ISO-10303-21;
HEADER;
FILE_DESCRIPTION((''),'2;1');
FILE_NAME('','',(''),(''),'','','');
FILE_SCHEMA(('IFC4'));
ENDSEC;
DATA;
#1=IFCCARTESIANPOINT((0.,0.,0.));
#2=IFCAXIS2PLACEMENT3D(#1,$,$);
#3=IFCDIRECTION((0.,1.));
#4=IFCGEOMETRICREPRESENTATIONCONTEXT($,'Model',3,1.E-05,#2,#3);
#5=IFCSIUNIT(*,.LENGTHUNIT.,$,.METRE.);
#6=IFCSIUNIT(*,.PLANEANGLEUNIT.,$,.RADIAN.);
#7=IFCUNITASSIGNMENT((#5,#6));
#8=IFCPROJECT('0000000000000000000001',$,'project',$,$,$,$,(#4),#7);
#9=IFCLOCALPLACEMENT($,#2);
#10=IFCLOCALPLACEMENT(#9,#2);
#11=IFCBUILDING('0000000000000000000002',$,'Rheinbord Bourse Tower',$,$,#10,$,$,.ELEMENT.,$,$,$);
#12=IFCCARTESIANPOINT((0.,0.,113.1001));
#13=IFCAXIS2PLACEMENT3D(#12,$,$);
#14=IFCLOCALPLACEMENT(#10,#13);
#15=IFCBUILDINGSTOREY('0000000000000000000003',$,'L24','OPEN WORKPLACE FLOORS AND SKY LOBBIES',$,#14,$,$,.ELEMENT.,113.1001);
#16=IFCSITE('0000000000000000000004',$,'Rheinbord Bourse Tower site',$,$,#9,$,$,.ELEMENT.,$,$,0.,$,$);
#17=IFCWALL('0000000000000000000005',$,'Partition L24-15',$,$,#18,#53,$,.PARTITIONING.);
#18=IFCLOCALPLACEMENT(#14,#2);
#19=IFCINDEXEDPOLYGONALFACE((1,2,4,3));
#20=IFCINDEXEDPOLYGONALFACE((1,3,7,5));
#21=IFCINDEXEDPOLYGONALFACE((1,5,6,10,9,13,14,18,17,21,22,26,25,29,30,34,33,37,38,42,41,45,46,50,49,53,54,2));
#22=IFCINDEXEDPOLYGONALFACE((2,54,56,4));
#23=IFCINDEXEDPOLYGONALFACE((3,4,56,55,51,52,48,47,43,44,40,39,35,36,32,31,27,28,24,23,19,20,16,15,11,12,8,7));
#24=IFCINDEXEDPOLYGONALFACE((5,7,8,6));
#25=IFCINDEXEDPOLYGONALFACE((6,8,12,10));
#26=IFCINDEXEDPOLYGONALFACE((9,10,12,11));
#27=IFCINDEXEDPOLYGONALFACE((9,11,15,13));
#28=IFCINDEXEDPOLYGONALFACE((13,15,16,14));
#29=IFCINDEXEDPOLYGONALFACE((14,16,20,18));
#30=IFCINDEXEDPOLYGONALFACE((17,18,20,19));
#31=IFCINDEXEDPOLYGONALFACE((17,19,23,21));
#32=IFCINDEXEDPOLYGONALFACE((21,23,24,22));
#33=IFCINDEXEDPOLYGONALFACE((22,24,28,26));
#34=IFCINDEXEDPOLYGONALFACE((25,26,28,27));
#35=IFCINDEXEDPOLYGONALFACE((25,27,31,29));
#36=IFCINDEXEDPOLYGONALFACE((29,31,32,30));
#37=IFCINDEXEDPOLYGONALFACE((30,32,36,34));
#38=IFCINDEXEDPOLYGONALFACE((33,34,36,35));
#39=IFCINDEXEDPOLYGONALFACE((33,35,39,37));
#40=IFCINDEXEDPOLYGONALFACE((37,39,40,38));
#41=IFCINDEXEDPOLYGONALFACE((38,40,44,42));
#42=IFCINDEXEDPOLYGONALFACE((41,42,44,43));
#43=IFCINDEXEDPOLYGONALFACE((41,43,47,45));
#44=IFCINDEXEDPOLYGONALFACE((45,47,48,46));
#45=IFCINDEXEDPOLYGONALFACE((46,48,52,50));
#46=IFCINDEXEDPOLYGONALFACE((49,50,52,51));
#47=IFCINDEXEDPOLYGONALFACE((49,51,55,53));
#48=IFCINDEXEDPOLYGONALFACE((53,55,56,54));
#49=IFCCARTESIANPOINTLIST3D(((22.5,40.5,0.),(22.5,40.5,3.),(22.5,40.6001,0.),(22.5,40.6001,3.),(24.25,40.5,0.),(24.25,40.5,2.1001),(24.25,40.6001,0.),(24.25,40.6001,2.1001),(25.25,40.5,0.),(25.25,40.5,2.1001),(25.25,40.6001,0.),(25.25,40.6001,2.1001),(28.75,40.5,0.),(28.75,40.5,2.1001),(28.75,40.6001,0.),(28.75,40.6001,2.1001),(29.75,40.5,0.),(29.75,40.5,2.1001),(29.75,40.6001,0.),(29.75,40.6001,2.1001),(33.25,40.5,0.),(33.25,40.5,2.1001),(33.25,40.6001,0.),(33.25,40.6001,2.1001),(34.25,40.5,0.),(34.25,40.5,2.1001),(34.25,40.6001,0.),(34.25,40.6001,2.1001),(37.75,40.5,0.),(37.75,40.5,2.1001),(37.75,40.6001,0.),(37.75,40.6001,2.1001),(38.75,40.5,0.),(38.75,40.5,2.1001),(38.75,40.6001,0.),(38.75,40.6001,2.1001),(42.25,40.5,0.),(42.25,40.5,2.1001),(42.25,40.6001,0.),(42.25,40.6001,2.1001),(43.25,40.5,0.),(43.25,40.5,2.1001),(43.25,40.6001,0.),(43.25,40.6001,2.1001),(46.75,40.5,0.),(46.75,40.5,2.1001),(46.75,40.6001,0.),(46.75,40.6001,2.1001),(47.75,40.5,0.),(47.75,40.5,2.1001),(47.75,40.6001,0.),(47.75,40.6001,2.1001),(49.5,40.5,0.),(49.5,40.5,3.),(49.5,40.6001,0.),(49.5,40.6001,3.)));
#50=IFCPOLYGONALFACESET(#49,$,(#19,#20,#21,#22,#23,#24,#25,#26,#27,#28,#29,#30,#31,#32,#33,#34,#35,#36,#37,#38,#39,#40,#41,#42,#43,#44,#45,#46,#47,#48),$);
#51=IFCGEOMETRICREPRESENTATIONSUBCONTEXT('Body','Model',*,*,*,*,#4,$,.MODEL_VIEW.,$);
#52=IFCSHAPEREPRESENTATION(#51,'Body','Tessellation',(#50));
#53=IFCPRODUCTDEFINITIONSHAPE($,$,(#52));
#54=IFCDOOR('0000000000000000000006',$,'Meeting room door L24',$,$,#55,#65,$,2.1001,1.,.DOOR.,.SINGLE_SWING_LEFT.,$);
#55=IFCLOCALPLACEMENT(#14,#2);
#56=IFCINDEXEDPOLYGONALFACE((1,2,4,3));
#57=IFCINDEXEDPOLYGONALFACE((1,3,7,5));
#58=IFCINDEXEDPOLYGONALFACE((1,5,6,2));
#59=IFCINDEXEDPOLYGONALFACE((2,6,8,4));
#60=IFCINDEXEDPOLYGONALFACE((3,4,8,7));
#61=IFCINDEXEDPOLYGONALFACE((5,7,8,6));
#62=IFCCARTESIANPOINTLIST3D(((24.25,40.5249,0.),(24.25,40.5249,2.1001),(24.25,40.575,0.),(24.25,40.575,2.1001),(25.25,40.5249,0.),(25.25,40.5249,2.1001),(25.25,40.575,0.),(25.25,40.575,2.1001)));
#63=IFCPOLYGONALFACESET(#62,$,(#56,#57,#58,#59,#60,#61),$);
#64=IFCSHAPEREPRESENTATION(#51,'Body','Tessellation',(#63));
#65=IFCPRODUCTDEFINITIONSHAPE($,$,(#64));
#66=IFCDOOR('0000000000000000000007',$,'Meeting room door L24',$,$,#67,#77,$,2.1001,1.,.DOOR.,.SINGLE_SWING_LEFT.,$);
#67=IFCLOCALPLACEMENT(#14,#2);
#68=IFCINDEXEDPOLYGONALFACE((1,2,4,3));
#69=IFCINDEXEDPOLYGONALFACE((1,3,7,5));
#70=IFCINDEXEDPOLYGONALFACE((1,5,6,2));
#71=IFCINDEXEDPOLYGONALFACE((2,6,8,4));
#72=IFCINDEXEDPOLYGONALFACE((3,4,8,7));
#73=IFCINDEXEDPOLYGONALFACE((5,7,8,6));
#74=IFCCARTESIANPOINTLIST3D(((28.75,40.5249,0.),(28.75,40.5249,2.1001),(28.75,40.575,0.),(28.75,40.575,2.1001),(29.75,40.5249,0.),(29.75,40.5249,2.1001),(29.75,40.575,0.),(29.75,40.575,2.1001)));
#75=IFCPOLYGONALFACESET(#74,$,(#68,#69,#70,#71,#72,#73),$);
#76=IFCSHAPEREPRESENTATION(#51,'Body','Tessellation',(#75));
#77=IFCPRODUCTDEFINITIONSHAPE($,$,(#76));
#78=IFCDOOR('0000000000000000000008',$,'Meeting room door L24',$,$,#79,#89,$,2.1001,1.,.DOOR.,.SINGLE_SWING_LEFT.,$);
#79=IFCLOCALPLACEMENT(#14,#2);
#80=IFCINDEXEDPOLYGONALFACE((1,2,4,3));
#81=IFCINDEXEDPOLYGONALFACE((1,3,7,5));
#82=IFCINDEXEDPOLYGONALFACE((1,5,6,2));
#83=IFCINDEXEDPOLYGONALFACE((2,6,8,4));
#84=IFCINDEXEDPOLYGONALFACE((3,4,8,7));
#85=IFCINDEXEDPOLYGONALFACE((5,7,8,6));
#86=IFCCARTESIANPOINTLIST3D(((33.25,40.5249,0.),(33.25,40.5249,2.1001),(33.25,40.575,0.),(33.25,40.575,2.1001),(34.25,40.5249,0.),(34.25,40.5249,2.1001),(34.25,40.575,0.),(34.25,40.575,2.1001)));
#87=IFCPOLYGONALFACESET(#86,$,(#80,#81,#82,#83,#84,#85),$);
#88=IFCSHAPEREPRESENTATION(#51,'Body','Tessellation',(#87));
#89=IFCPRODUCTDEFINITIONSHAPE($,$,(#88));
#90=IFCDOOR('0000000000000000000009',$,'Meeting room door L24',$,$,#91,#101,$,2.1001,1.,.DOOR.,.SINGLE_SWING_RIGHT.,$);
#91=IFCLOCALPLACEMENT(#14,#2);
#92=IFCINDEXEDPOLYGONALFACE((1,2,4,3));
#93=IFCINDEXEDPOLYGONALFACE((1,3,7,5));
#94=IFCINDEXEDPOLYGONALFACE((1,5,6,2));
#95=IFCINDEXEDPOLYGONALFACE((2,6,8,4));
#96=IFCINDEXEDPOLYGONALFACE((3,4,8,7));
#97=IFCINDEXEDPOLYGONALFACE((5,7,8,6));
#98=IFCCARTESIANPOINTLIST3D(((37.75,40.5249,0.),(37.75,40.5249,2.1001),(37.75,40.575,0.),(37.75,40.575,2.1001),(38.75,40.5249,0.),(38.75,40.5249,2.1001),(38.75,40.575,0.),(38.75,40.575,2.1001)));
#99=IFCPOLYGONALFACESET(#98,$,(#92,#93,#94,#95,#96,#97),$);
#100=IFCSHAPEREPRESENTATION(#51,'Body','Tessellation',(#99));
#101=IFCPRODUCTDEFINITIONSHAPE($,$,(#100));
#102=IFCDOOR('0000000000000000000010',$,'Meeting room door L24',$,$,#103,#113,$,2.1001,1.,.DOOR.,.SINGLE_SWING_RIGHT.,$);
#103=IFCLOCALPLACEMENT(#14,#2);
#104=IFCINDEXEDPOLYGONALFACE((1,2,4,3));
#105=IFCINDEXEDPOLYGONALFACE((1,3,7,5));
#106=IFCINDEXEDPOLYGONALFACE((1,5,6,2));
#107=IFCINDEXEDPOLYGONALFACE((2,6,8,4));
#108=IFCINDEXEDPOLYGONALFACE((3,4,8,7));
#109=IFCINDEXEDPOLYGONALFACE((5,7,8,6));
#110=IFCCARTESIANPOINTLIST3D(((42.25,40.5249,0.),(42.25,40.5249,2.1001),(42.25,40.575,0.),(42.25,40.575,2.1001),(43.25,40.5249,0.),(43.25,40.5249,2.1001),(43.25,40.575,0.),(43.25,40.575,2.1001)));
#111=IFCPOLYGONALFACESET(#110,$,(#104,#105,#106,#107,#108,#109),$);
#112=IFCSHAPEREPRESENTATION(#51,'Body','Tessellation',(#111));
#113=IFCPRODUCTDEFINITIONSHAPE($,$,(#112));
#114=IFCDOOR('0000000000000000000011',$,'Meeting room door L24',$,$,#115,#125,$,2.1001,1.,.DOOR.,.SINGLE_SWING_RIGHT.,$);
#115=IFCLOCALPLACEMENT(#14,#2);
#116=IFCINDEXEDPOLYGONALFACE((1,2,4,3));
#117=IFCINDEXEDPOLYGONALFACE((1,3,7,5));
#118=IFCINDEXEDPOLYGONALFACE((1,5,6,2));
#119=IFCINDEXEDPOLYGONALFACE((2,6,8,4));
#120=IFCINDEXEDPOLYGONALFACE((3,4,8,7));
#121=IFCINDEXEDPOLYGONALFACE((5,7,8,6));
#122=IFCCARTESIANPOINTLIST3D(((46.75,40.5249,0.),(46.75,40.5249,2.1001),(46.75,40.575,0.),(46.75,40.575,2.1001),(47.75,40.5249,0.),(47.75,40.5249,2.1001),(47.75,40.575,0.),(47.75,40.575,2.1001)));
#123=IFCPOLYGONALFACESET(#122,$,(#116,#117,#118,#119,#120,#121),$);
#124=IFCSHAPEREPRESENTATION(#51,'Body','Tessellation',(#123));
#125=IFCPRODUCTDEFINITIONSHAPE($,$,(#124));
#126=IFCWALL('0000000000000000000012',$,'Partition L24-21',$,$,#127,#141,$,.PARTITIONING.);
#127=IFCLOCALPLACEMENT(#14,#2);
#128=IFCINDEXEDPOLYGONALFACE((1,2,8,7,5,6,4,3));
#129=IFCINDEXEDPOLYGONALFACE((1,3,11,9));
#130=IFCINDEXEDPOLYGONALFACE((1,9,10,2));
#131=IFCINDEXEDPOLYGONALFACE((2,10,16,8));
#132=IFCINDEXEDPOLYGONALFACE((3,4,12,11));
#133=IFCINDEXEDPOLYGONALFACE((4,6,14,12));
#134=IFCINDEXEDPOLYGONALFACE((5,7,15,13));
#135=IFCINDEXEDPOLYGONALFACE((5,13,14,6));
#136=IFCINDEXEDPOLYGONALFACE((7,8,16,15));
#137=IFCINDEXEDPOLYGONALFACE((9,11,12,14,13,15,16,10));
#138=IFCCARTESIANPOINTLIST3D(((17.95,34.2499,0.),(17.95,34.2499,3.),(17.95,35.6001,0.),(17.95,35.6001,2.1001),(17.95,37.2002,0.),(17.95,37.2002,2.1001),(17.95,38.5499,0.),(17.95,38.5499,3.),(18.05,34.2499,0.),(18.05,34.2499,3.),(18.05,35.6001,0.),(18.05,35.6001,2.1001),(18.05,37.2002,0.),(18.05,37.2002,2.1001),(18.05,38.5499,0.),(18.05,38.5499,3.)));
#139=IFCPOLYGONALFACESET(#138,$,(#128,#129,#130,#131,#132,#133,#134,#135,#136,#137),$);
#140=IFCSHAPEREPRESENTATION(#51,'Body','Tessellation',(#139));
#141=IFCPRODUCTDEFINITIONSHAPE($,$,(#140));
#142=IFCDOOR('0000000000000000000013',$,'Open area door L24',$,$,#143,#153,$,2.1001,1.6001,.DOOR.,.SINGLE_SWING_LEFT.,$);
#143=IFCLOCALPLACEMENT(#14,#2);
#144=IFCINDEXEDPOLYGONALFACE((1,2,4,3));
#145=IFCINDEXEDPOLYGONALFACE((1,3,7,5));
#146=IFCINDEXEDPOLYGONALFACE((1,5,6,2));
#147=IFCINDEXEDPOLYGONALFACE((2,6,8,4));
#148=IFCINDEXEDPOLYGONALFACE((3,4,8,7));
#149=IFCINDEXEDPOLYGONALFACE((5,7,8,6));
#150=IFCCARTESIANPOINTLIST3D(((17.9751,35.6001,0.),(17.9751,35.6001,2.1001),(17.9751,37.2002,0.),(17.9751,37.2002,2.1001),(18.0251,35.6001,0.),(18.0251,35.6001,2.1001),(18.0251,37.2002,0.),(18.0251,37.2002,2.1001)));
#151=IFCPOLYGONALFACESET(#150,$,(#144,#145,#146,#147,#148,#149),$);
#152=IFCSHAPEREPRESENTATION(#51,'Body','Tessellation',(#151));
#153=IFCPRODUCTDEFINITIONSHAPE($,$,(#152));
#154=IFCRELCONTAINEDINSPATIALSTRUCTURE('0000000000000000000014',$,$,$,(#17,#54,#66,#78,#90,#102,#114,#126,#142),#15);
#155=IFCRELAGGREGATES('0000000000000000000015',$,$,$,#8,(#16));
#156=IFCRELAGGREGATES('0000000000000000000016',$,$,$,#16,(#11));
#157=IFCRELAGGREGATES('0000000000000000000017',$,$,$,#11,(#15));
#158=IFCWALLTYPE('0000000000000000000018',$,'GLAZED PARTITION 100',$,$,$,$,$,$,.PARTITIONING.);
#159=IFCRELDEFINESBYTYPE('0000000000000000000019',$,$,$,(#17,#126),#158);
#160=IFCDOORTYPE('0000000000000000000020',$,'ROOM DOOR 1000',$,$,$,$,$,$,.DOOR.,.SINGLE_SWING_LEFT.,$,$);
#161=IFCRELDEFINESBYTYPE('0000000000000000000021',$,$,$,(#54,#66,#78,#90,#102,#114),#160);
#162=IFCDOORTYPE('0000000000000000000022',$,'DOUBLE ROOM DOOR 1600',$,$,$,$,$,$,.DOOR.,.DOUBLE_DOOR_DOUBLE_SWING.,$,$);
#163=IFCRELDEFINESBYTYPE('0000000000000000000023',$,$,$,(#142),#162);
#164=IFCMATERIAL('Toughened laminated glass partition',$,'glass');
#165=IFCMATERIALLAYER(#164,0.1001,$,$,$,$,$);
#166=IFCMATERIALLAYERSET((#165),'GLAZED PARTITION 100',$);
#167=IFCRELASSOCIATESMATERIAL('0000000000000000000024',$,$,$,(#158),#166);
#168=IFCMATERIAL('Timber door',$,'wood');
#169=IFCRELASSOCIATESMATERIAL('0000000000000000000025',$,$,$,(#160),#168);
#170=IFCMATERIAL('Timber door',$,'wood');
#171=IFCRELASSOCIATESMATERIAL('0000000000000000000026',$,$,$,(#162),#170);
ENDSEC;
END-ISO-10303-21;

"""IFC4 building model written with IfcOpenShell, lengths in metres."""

from ifc_helpers import new_model, si_unit, direction, frame, frame_2d, origin, place, context, subcontext, project, spatial, rectangle, extrude, material, layer, layer_set, type_object, element, fill, save


model = new_model("IFC4")

# Units and contexts
model_context = context("Model", 3, precision=1e-05, world=origin(), true_north=direction((0.0, 1.0)))
body_context = subcontext(model_context, "Body", "Model", "MODEL_VIEW")
ifc_project = project(units=[si_unit("LENGTHUNIT", "METRE"), si_unit("PLANEANGLEUNIT", "RADIAN")], contexts=[model_context])

# Site, building, storey
site_placement = place(None, origin())
site = spatial("IfcSite", under=ifc_project, at=site_placement, Name="Rheinbord Bourse Tower site", CompositionType="ELEMENT", RefElevation=0.0)
building_placement = place(site_placement, origin())
building = spatial("IfcBuilding", under=site, at=building_placement, Name="Rheinbord Bourse Tower", CompositionType="ELEMENT")
storey_placement = place(building_placement, frame((0.0, 0.0, 113.1001)))
storey = spatial("IfcBuildingStorey", under=building, at=storey_placement, Name="L24", Description="OPEN WORKPLACE FLOORS AND SKY LOBBIES", CompositionType="ELEMENT", Elevation=113.1001)

# Wall, openings, doors
ifc_material_1 = material(Name="Toughened laminated glass partition", Category="glass")
ifc_layer_1 = layer(ifc_material_1, 0.1001)
ifc_layer_set_1 = layer_set([ifc_layer_1], Name="GLAZED PARTITION 100")
wall_type_1 = type_object("IfcWallType", Name="GLAZED PARTITION 100", PredefinedType="PARTITIONING", material=ifc_layer_set_1)
wall_1_placement = place(storey_placement, frame((22.5, 40.55, 0.0), z_axis=(0.0, 0.0, 1.0), x_axis=(1.0, 0.0, 0.0)))
wall_1 = element("IfcWall", 1, at=wall_1_placement, inside=storey, type_object=wall_type_1, Name="Partition L24-15", PredefinedType="PARTITIONING", context=body_context, shape_type="SweptSolid", body=[
    extrude(rectangle(XDim=27.0, YDim=0.1001, at=frame_2d((13.5, 0.0))), origin(), (0.0, 0.0, 1.0), 3.0),
])
opening_1_placement = place(wall_1_placement, frame((1.75, 0.0, 0.0)))
opening_1 = element("IfcOpeningElement", 2, at=opening_1_placement, cuts=wall_1, PredefinedType="OPENING", context=body_context, shape_type="SweptSolid", body=[
    extrude(rectangle(XDim=1.0, YDim=2.1001, at=frame_2d((0.5, 1.05))), frame((0.0, 0.0601, 0.0), z_axis=(0.0, -1.0, 0.0), x_axis=(1.0, 0.0, 0.0)), (0.0, 0.0, 1.0), 0.1201),
])
opening_2_placement = place(wall_1_placement, frame((6.25, 0.0, 0.0)))
opening_2 = element("IfcOpeningElement", 3, at=opening_2_placement, cuts=wall_1, PredefinedType="OPENING", context=body_context, shape_type="SweptSolid", body=[
    extrude(rectangle(XDim=1.0, YDim=2.1001, at=frame_2d((0.5, 1.05))), frame((0.0, 0.0601, 0.0), z_axis=(0.0, -1.0, 0.0), x_axis=(1.0, 0.0, 0.0)), (0.0, 0.0, 1.0), 0.1201),
])
opening_3_placement = place(wall_1_placement, frame((10.75, 0.0, 0.0)))
opening_3 = element("IfcOpeningElement", 4, at=opening_3_placement, cuts=wall_1, PredefinedType="OPENING", context=body_context, shape_type="SweptSolid", body=[
    extrude(rectangle(XDim=1.0, YDim=2.1001, at=frame_2d((0.5, 1.05))), frame((0.0, 0.0601, 0.0), z_axis=(0.0, -1.0, 0.0), x_axis=(1.0, 0.0, 0.0)), (0.0, 0.0, 1.0), 0.1201),
])
opening_4_placement = place(wall_1_placement, frame((15.25, 0.0, 0.0)))
opening_4 = element("IfcOpeningElement", 5, at=opening_4_placement, cuts=wall_1, PredefinedType="OPENING", context=body_context, shape_type="SweptSolid", body=[
    extrude(rectangle(XDim=1.0, YDim=2.1001, at=frame_2d((0.5, 1.05))), frame((0.0, 0.0601, 0.0), z_axis=(0.0, -1.0, 0.0), x_axis=(1.0, 0.0, 0.0)), (0.0, 0.0, 1.0), 0.1201),
])
opening_5_placement = place(wall_1_placement, frame((19.75, 0.0, 0.0)))
opening_5 = element("IfcOpeningElement", 6, at=opening_5_placement, cuts=wall_1, PredefinedType="OPENING", context=body_context, shape_type="SweptSolid", body=[
    extrude(rectangle(XDim=1.0, YDim=2.1001, at=frame_2d((0.5, 1.05))), frame((0.0, 0.0601, 0.0), z_axis=(0.0, -1.0, 0.0), x_axis=(1.0, 0.0, 0.0)), (0.0, 0.0, 1.0), 0.1201),
])
opening_6_placement = place(wall_1_placement, frame((24.25, 0.0, 0.0)))
opening_6 = element("IfcOpeningElement", 7, at=opening_6_placement, cuts=wall_1, PredefinedType="OPENING", context=body_context, shape_type="SweptSolid", body=[
    extrude(rectangle(XDim=1.0, YDim=2.1001, at=frame_2d((0.5, 1.05))), frame((0.0, 0.0601, 0.0), z_axis=(0.0, -1.0, 0.0), x_axis=(1.0, 0.0, 0.0)), (0.0, 0.0, 1.0), 0.1201),
])
ifc_material_2 = material(Name="Timber door", Category="wood")
door_type_1 = type_object("IfcDoorType", Name="ROOM DOOR 1000", OperationType="SINGLE_SWING_LEFT", PredefinedType="DOOR", material=ifc_material_2)
door_1_placement = place(opening_1_placement, origin())
door_1 = element("IfcDoor", 8, at=door_1_placement, inside=storey, type_object=door_type_1, Name="Meeting room door L24", OperationType="SINGLE_SWING_LEFT", OverallHeight=2.1001, OverallWidth=1.0, PredefinedType="DOOR", context=body_context, shape_type="SweptSolid", body=[
    extrude(rectangle(XDim=1.0, YDim=2.1001, at=frame_2d((0.5, 1.05))), frame((0.0, 0.0249, 0.0), z_axis=(0.0, -1.0, 0.0), x_axis=(1.0, 0.0, 0.0)), (0.0, 0.0, 1.0), 0.05),
])
fill(opening_1, door_1)
door_2_placement = place(opening_2_placement, origin())
door_2 = element("IfcDoor", 9, at=door_2_placement, inside=storey, type_object=door_type_1, Name="Meeting room door L24", OperationType="SINGLE_SWING_LEFT", OverallHeight=2.1001, OverallWidth=1.0, PredefinedType="DOOR", context=body_context, shape_type="SweptSolid", body=[
    extrude(rectangle(XDim=1.0, YDim=2.1001, at=frame_2d((0.5, 1.05))), frame((0.0, 0.0249, 0.0), z_axis=(0.0, -1.0, 0.0), x_axis=(1.0, 0.0, 0.0)), (0.0, 0.0, 1.0), 0.05),
])
fill(opening_2, door_2)
door_3_placement = place(opening_3_placement, origin())
door_3 = element("IfcDoor", 10, at=door_3_placement, inside=storey, type_object=door_type_1, Name="Meeting room door L24", OperationType="SINGLE_SWING_LEFT", OverallHeight=2.1001, OverallWidth=1.0, PredefinedType="DOOR", context=body_context, shape_type="SweptSolid", body=[
    extrude(rectangle(XDim=1.0, YDim=2.1001, at=frame_2d((0.5, 1.05))), frame((0.0, 0.0249, 0.0), z_axis=(0.0, -1.0, 0.0), x_axis=(1.0, 0.0, 0.0)), (0.0, 0.0, 1.0), 0.05),
])
fill(opening_3, door_3)
door_4_placement = place(opening_4_placement, origin())
door_4 = element("IfcDoor", 11, at=door_4_placement, inside=storey, type_object=door_type_1, Name="Meeting room door L24", OperationType="SINGLE_SWING_RIGHT", OverallHeight=2.1001, OverallWidth=1.0, PredefinedType="DOOR", context=body_context, shape_type="SweptSolid", body=[
    extrude(rectangle(XDim=1.0, YDim=2.1001, at=frame_2d((0.5, 1.05))), frame((0.0, 0.0249, 0.0), z_axis=(0.0, -1.0, 0.0), x_axis=(1.0, 0.0, 0.0)), (0.0, 0.0, 1.0), 0.05),
])
fill(opening_4, door_4)
door_5_placement = place(opening_5_placement, origin())
door_5 = element("IfcDoor", 12, at=door_5_placement, inside=storey, type_object=door_type_1, Name="Meeting room door L24", OperationType="SINGLE_SWING_RIGHT", OverallHeight=2.1001, OverallWidth=1.0, PredefinedType="DOOR", context=body_context, shape_type="SweptSolid", body=[
    extrude(rectangle(XDim=1.0, YDim=2.1001, at=frame_2d((0.5, 1.05))), frame((0.0, 0.0249, 0.0), z_axis=(0.0, -1.0, 0.0), x_axis=(1.0, 0.0, 0.0)), (0.0, 0.0, 1.0), 0.05),
])
fill(opening_5, door_5)
door_6_placement = place(opening_6_placement, origin())
door_6 = element("IfcDoor", 13, at=door_6_placement, inside=storey, type_object=door_type_1, Name="Meeting room door L24", OperationType="SINGLE_SWING_RIGHT", OverallHeight=2.1001, OverallWidth=1.0, PredefinedType="DOOR", context=body_context, shape_type="SweptSolid", body=[
    extrude(rectangle(XDim=1.0, YDim=2.1001, at=frame_2d((0.5, 1.05))), frame((0.0, 0.0249, 0.0), z_axis=(0.0, -1.0, 0.0), x_axis=(1.0, 0.0, 0.0)), (0.0, 0.0, 1.0), 0.05),
])
fill(opening_6, door_6)

# Wall, opening, door
wall_2_placement = place(storey_placement, frame((18.0, 34.25, 0.0), z_axis=(0.0, 0.0, 1.0), x_axis=(0.0, 1.0, 0.0)))
wall_2 = element("IfcWall", 14, at=wall_2_placement, inside=storey, type_object=wall_type_1, Name="Partition L24-21", PredefinedType="PARTITIONING", context=body_context, shape_type="SweptSolid", body=[
    extrude(rectangle(XDim=4.3, YDim=0.1001, at=frame_2d((2.1499, 0.0))), origin(), (0.0, 0.0, 1.0), 3.0),
])
opening_7_placement = place(wall_2_placement, frame((1.3501, 0.0, 0.0)))
opening_7 = element("IfcOpeningElement", 15, at=opening_7_placement, cuts=wall_2, PredefinedType="OPENING", context=body_context, shape_type="SweptSolid", body=[
    extrude(rectangle(XDim=1.6001, YDim=2.1001, at=frame_2d((0.8, 1.05))), frame((0.0, 0.0601, 0.0), z_axis=(0.0, -1.0, 0.0), x_axis=(1.0, 0.0, 0.0)), (0.0, 0.0, 1.0), 0.1201),
])
ifc_material_3 = material(Name="Timber door", Category="wood")
door_type_2 = type_object("IfcDoorType", Name="DOUBLE ROOM DOOR 1600", OperationType="DOUBLE_DOOR_DOUBLE_SWING", PredefinedType="DOOR", material=ifc_material_3)
door_7_placement = place(opening_7_placement, origin())
door_7 = element("IfcDoor", 16, at=door_7_placement, inside=storey, type_object=door_type_2, Name="Open area door L24", OperationType="SINGLE_SWING_LEFT", OverallHeight=2.1001, OverallWidth=1.6001, PredefinedType="DOOR", context=body_context, shape_type="SweptSolid", body=[
    extrude(rectangle(XDim=1.6001, YDim=2.1001, at=frame_2d((0.8, 1.05))), frame((0.0, 0.0249, 0.0), z_axis=(0.0, -1.0, 0.0), x_axis=(1.0, 0.0, 0.0)), (0.0, 0.0, 1.0), 0.05),
])
fill(opening_7, door_7)

save(model, "model.ifc")
